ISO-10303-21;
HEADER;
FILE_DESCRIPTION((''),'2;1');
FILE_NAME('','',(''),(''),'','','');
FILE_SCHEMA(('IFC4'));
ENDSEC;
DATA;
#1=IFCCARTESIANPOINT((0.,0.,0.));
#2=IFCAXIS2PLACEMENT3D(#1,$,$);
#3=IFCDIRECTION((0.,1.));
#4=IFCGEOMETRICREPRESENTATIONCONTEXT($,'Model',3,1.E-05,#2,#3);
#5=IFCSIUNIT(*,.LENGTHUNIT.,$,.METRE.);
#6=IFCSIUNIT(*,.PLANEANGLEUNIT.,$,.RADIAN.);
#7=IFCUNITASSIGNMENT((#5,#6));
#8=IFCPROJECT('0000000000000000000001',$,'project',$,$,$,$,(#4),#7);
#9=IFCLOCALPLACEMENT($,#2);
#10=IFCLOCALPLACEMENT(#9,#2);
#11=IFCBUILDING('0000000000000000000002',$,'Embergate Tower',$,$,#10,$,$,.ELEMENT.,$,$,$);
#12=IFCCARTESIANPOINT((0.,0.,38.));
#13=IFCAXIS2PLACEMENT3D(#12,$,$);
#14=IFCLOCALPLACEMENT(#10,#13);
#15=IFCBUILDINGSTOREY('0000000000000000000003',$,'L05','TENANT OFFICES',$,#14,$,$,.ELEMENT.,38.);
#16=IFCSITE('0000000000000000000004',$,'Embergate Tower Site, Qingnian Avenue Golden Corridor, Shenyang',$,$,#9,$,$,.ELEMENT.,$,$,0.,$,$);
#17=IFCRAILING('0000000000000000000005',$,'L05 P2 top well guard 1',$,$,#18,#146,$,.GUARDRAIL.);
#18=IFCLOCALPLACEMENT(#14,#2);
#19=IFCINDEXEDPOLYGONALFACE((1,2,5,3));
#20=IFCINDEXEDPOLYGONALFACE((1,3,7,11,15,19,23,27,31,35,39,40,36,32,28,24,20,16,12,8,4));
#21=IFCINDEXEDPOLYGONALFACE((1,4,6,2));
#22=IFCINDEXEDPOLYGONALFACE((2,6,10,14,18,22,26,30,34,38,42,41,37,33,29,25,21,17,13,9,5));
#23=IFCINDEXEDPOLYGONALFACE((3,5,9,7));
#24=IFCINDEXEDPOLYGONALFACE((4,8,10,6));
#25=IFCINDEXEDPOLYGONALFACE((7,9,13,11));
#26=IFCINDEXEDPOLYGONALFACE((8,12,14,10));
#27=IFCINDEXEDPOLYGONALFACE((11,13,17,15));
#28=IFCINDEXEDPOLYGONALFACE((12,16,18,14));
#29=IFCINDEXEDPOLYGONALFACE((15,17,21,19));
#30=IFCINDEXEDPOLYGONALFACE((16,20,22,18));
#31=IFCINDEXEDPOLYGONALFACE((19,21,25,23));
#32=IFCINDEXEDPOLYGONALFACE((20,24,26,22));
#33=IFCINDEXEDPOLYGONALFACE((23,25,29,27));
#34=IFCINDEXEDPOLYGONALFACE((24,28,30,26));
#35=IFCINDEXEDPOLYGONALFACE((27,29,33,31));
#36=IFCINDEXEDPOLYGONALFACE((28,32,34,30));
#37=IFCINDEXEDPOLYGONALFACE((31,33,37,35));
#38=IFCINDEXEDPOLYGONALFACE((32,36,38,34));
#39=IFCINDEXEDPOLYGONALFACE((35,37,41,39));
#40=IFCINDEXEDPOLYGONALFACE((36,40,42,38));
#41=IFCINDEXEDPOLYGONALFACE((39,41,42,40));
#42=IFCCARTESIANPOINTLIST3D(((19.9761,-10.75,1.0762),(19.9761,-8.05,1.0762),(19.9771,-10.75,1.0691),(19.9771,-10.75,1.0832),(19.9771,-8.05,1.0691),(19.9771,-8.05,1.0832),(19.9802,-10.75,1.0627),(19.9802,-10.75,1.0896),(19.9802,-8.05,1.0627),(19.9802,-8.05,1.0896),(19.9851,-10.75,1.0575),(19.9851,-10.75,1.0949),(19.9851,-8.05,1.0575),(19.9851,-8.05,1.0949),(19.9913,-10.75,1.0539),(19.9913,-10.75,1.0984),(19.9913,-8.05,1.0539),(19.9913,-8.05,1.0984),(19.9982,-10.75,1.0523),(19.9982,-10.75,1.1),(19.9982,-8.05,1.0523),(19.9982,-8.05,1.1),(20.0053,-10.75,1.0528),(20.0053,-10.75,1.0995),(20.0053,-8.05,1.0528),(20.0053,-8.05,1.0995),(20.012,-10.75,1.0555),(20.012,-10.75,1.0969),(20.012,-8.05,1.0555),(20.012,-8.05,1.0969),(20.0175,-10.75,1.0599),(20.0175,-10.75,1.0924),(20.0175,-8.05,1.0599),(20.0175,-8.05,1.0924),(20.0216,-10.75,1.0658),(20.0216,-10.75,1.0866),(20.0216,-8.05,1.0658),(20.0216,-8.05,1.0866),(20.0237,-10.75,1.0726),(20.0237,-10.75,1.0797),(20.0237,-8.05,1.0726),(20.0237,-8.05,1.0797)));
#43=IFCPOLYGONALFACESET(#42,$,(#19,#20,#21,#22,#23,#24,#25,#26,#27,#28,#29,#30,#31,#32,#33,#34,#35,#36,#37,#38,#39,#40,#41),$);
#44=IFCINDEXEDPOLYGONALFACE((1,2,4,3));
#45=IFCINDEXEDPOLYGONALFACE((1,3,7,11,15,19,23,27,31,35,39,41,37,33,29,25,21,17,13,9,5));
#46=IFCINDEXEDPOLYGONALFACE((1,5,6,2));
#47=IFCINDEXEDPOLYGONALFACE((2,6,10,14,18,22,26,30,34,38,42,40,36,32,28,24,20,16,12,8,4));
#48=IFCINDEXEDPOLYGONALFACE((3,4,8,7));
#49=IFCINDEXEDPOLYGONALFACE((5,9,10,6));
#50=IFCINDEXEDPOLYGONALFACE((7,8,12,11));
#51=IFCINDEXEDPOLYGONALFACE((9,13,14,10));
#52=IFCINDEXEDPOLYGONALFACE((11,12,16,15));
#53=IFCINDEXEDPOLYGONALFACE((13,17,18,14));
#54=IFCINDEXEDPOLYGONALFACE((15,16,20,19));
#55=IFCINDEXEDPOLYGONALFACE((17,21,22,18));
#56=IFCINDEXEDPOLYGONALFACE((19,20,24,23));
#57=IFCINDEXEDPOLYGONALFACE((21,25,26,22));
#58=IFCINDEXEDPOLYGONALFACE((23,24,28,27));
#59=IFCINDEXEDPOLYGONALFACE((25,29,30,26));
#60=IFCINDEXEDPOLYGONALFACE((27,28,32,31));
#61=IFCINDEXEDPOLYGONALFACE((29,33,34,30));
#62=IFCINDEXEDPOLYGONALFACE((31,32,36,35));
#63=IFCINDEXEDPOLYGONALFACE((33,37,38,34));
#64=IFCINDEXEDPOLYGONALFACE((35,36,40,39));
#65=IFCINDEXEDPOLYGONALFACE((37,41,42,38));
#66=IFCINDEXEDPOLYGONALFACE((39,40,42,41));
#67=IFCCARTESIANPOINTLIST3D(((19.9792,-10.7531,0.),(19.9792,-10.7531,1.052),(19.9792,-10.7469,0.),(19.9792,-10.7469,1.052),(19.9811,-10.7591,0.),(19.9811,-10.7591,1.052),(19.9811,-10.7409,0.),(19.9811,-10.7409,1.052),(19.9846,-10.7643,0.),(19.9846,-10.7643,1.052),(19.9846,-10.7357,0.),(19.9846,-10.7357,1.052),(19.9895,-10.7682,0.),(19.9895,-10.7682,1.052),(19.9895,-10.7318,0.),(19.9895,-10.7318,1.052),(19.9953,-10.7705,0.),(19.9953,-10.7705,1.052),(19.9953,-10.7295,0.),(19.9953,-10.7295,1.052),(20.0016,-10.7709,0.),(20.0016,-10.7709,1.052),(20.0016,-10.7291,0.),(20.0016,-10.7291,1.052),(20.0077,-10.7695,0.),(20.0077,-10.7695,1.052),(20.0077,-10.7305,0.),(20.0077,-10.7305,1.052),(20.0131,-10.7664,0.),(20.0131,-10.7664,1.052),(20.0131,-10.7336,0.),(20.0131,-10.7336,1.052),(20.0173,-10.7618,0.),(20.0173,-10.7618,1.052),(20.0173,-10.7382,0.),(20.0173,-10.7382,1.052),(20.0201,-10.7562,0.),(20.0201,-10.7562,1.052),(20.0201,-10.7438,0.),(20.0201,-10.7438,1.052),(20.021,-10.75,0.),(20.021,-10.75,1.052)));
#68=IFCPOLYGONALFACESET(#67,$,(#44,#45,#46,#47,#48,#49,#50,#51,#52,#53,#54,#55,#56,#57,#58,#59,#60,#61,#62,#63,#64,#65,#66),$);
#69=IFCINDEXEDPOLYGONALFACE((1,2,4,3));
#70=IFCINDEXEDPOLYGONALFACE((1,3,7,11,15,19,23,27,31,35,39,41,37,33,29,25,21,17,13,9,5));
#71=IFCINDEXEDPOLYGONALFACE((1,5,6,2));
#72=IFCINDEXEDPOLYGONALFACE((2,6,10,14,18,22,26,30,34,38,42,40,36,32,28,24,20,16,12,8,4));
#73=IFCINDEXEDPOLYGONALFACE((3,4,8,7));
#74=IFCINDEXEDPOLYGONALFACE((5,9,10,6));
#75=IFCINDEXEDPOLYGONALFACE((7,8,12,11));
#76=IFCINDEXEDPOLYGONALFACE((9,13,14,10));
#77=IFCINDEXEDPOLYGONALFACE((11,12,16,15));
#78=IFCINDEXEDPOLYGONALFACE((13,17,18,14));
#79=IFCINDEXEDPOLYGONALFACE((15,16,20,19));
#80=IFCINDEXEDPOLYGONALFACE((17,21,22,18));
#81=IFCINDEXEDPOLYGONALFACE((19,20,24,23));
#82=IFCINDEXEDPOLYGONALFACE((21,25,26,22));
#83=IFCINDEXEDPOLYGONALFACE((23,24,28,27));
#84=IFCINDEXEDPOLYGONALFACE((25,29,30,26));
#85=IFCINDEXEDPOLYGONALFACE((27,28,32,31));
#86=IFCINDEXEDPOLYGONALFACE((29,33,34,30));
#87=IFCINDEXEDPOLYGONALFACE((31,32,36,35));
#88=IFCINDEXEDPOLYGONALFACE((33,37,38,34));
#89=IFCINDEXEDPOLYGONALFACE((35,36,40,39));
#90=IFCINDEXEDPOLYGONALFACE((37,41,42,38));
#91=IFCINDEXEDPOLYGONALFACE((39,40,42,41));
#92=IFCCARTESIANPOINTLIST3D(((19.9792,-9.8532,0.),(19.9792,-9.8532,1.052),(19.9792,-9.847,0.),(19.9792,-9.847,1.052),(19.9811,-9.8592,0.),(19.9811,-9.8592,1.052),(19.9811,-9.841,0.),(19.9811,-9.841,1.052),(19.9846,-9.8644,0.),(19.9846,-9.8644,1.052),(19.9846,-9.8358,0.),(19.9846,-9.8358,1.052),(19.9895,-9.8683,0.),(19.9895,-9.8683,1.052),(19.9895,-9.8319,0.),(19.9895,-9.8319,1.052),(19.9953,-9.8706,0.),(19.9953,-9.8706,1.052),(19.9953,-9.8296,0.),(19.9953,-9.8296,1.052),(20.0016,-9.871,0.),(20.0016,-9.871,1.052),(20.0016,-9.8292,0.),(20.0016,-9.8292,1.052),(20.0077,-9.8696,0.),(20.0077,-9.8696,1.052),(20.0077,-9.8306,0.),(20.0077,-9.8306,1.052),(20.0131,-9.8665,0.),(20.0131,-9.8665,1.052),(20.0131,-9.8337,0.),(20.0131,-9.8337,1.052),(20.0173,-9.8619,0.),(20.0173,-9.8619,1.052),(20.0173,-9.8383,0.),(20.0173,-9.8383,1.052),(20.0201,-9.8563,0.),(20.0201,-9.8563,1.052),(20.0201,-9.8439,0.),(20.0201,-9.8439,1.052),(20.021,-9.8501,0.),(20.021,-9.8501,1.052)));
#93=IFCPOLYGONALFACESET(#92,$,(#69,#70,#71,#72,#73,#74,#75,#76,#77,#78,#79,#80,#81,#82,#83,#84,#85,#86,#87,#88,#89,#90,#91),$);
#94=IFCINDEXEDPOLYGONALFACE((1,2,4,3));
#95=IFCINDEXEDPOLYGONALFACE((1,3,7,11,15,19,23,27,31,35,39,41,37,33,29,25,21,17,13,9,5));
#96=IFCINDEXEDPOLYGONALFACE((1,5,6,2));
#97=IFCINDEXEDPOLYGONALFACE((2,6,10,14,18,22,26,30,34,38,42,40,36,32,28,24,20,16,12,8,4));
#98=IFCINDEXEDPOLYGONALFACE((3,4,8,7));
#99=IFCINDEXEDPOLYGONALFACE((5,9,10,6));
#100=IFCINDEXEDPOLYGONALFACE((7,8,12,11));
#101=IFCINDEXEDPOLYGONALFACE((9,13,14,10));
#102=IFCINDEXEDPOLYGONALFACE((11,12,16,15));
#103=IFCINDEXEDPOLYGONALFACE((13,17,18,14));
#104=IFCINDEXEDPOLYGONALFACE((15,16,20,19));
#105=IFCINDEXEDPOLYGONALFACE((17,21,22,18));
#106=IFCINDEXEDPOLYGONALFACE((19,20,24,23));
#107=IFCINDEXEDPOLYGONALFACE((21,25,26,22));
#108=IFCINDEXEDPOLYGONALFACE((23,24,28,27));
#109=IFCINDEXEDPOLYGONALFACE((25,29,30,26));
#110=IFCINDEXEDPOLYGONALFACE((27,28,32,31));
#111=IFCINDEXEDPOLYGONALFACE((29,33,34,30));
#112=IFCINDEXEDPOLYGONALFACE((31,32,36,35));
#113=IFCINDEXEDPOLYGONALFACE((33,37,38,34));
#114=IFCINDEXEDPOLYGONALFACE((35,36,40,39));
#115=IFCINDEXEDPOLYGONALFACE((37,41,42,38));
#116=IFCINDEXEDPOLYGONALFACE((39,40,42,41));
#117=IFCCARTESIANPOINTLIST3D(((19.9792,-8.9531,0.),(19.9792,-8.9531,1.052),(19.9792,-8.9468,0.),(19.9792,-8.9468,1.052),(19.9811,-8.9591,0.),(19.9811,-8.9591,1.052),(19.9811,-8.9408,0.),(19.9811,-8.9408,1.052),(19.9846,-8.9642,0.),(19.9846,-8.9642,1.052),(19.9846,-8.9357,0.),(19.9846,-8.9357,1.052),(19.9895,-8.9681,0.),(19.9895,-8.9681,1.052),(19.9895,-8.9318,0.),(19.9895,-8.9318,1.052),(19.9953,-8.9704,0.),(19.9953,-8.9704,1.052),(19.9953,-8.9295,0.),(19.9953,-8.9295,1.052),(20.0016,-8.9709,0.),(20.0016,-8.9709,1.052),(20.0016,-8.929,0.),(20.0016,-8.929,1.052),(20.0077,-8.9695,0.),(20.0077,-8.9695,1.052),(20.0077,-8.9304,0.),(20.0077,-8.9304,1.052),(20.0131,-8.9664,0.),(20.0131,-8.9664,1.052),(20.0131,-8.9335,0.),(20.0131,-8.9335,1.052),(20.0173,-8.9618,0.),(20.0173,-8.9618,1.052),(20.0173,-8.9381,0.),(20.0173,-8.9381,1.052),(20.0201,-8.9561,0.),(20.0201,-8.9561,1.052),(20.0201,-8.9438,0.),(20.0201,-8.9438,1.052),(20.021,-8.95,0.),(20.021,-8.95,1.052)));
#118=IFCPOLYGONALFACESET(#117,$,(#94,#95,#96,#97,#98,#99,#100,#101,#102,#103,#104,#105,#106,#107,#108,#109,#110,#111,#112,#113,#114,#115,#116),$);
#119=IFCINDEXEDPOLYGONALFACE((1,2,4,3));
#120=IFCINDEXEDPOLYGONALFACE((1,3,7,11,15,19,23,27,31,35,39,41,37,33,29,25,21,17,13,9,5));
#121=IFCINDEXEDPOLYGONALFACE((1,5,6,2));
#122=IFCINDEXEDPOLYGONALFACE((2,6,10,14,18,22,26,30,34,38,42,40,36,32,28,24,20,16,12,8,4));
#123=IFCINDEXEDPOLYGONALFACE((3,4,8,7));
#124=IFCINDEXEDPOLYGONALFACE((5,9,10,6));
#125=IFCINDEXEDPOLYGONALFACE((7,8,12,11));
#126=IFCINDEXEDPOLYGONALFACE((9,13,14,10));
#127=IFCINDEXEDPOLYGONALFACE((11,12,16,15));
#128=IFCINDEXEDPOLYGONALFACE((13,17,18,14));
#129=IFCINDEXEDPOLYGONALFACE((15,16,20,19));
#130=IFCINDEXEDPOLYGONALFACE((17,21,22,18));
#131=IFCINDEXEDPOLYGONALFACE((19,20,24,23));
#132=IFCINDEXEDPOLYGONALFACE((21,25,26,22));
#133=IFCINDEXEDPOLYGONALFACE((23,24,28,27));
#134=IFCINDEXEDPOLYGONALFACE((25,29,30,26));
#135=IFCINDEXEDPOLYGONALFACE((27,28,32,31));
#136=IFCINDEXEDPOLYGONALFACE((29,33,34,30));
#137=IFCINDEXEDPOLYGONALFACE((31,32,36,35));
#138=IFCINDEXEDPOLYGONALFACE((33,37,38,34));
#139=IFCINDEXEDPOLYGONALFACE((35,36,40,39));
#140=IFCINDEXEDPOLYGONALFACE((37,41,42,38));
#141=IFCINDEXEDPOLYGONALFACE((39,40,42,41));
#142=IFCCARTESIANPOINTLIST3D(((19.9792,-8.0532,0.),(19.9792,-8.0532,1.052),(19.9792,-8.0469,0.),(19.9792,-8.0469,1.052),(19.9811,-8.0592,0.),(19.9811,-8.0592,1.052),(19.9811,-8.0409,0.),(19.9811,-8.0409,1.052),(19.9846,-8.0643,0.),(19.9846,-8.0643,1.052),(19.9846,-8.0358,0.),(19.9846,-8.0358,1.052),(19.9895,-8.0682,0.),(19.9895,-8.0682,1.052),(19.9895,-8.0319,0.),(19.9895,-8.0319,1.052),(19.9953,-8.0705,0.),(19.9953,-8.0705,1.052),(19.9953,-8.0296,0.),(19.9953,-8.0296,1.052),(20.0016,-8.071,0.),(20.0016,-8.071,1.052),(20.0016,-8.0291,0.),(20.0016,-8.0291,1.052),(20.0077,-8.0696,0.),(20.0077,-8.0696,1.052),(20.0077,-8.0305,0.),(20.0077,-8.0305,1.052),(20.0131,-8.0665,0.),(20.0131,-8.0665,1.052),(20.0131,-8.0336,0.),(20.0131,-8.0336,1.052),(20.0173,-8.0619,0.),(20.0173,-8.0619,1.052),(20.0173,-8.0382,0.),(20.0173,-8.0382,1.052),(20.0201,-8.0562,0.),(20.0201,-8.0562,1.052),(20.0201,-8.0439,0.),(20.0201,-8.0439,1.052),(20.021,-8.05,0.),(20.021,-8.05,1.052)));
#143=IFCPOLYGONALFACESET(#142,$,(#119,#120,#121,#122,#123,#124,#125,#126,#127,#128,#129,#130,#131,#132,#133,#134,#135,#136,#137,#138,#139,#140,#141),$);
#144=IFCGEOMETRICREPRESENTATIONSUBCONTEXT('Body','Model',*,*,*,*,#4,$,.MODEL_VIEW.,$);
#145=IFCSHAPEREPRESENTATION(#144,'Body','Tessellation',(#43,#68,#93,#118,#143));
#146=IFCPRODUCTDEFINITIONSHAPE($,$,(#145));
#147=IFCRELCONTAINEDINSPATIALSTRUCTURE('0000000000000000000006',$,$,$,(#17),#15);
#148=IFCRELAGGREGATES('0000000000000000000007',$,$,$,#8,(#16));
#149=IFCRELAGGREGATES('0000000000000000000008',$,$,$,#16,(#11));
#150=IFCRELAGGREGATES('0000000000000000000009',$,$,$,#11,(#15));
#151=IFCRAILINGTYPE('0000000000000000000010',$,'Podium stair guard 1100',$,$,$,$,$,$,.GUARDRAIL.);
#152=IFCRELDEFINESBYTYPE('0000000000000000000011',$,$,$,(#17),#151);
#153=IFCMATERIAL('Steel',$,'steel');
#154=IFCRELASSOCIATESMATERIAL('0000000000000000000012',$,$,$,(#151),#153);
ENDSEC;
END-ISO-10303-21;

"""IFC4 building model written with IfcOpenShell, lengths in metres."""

from ifc_helpers import new_model, si_unit, direction, frame, origin, origin_2d, place, context, subcontext, project, spatial, circle, extrude, source, transform, mapped, material, type_object, element, save


model = new_model("IFC4")

# Units and contexts
model_context = context("Model", 3, precision=1e-05, world=origin(), true_north=direction((0.0, 1.0)))
body_context = subcontext(model_context, "Body", "Model", "MODEL_VIEW")
ifc_project = project(units=[si_unit("LENGTHUNIT", "METRE"), si_unit("PLANEANGLEUNIT", "RADIAN")], contexts=[model_context])

# Site, building, storey
site_placement = place(None, origin())
site = spatial("IfcSite", under=ifc_project, at=site_placement, Name="Embergate Tower Site, Qingnian Avenue Golden Corridor, Shenyang", CompositionType="ELEMENT", RefElevation=0.0)
building_placement = place(site_placement, origin())
building = spatial("IfcBuilding", under=site, at=building_placement, Name="Embergate Tower", CompositionType="ELEMENT")
storey_placement = place(building_placement, frame((0.0, 0.0, 38.0)))
storey = spatial("IfcBuildingStorey", under=building, at=storey_placement, Name="L05", Description="TENANT OFFICES", CompositionType="ELEMENT", Elevation=38.0)

# Railing
ifc_material_1 = material(Name="Steel", Category="steel")
railing_type = type_object("IfcRailingType", Name="Podium stair guard 1100", PredefinedType="GUARDRAIL", material=ifc_material_1)
shared_shape_1 = source(origin(), body_context, "Body", "SweptSolid", [
    extrude(circle(Radius=0.0239, at=origin_2d()), frame((0.0, 0.0, 1.0762), z_axis=(0.0, 1.0, 0.0), x_axis=(-1.0, 0.0, 0.0)), (0.0, 0.0, 1.0), 2.7),
    extrude(circle(Radius=0.021, at=origin_2d()), origin(), (0.0, 0.0, 1.0), 1.052),
    extrude(circle(Radius=0.021, at=origin_2d()), frame((0.0, 0.8999, 0.0)), (0.0, 0.0, 1.0), 1.052),
    extrude(circle(Radius=0.021, at=origin_2d()), frame((0.0, 1.8, 0.0)), (0.0, 0.0, 1.0), 1.052),
    extrude(circle(Radius=0.021, at=origin_2d()), frame((0.0, 2.7, 0.0)), (0.0, 0.0, 1.0), 1.052),
])
railing_placement = place(storey_placement, frame((20.0, -10.75, 0.0)))
element("IfcRailing", 1, at=railing_placement, inside=storey, type_object=railing_type, Name="L05 P2 top well guard 1", PredefinedType="GUARDRAIL", context=body_context, shape_type="MappedRepresentation", body=[
    mapped(shared_shape_1, transform((0.0, 0.0, 0.0))),
])

save(model, "model.ifc")
